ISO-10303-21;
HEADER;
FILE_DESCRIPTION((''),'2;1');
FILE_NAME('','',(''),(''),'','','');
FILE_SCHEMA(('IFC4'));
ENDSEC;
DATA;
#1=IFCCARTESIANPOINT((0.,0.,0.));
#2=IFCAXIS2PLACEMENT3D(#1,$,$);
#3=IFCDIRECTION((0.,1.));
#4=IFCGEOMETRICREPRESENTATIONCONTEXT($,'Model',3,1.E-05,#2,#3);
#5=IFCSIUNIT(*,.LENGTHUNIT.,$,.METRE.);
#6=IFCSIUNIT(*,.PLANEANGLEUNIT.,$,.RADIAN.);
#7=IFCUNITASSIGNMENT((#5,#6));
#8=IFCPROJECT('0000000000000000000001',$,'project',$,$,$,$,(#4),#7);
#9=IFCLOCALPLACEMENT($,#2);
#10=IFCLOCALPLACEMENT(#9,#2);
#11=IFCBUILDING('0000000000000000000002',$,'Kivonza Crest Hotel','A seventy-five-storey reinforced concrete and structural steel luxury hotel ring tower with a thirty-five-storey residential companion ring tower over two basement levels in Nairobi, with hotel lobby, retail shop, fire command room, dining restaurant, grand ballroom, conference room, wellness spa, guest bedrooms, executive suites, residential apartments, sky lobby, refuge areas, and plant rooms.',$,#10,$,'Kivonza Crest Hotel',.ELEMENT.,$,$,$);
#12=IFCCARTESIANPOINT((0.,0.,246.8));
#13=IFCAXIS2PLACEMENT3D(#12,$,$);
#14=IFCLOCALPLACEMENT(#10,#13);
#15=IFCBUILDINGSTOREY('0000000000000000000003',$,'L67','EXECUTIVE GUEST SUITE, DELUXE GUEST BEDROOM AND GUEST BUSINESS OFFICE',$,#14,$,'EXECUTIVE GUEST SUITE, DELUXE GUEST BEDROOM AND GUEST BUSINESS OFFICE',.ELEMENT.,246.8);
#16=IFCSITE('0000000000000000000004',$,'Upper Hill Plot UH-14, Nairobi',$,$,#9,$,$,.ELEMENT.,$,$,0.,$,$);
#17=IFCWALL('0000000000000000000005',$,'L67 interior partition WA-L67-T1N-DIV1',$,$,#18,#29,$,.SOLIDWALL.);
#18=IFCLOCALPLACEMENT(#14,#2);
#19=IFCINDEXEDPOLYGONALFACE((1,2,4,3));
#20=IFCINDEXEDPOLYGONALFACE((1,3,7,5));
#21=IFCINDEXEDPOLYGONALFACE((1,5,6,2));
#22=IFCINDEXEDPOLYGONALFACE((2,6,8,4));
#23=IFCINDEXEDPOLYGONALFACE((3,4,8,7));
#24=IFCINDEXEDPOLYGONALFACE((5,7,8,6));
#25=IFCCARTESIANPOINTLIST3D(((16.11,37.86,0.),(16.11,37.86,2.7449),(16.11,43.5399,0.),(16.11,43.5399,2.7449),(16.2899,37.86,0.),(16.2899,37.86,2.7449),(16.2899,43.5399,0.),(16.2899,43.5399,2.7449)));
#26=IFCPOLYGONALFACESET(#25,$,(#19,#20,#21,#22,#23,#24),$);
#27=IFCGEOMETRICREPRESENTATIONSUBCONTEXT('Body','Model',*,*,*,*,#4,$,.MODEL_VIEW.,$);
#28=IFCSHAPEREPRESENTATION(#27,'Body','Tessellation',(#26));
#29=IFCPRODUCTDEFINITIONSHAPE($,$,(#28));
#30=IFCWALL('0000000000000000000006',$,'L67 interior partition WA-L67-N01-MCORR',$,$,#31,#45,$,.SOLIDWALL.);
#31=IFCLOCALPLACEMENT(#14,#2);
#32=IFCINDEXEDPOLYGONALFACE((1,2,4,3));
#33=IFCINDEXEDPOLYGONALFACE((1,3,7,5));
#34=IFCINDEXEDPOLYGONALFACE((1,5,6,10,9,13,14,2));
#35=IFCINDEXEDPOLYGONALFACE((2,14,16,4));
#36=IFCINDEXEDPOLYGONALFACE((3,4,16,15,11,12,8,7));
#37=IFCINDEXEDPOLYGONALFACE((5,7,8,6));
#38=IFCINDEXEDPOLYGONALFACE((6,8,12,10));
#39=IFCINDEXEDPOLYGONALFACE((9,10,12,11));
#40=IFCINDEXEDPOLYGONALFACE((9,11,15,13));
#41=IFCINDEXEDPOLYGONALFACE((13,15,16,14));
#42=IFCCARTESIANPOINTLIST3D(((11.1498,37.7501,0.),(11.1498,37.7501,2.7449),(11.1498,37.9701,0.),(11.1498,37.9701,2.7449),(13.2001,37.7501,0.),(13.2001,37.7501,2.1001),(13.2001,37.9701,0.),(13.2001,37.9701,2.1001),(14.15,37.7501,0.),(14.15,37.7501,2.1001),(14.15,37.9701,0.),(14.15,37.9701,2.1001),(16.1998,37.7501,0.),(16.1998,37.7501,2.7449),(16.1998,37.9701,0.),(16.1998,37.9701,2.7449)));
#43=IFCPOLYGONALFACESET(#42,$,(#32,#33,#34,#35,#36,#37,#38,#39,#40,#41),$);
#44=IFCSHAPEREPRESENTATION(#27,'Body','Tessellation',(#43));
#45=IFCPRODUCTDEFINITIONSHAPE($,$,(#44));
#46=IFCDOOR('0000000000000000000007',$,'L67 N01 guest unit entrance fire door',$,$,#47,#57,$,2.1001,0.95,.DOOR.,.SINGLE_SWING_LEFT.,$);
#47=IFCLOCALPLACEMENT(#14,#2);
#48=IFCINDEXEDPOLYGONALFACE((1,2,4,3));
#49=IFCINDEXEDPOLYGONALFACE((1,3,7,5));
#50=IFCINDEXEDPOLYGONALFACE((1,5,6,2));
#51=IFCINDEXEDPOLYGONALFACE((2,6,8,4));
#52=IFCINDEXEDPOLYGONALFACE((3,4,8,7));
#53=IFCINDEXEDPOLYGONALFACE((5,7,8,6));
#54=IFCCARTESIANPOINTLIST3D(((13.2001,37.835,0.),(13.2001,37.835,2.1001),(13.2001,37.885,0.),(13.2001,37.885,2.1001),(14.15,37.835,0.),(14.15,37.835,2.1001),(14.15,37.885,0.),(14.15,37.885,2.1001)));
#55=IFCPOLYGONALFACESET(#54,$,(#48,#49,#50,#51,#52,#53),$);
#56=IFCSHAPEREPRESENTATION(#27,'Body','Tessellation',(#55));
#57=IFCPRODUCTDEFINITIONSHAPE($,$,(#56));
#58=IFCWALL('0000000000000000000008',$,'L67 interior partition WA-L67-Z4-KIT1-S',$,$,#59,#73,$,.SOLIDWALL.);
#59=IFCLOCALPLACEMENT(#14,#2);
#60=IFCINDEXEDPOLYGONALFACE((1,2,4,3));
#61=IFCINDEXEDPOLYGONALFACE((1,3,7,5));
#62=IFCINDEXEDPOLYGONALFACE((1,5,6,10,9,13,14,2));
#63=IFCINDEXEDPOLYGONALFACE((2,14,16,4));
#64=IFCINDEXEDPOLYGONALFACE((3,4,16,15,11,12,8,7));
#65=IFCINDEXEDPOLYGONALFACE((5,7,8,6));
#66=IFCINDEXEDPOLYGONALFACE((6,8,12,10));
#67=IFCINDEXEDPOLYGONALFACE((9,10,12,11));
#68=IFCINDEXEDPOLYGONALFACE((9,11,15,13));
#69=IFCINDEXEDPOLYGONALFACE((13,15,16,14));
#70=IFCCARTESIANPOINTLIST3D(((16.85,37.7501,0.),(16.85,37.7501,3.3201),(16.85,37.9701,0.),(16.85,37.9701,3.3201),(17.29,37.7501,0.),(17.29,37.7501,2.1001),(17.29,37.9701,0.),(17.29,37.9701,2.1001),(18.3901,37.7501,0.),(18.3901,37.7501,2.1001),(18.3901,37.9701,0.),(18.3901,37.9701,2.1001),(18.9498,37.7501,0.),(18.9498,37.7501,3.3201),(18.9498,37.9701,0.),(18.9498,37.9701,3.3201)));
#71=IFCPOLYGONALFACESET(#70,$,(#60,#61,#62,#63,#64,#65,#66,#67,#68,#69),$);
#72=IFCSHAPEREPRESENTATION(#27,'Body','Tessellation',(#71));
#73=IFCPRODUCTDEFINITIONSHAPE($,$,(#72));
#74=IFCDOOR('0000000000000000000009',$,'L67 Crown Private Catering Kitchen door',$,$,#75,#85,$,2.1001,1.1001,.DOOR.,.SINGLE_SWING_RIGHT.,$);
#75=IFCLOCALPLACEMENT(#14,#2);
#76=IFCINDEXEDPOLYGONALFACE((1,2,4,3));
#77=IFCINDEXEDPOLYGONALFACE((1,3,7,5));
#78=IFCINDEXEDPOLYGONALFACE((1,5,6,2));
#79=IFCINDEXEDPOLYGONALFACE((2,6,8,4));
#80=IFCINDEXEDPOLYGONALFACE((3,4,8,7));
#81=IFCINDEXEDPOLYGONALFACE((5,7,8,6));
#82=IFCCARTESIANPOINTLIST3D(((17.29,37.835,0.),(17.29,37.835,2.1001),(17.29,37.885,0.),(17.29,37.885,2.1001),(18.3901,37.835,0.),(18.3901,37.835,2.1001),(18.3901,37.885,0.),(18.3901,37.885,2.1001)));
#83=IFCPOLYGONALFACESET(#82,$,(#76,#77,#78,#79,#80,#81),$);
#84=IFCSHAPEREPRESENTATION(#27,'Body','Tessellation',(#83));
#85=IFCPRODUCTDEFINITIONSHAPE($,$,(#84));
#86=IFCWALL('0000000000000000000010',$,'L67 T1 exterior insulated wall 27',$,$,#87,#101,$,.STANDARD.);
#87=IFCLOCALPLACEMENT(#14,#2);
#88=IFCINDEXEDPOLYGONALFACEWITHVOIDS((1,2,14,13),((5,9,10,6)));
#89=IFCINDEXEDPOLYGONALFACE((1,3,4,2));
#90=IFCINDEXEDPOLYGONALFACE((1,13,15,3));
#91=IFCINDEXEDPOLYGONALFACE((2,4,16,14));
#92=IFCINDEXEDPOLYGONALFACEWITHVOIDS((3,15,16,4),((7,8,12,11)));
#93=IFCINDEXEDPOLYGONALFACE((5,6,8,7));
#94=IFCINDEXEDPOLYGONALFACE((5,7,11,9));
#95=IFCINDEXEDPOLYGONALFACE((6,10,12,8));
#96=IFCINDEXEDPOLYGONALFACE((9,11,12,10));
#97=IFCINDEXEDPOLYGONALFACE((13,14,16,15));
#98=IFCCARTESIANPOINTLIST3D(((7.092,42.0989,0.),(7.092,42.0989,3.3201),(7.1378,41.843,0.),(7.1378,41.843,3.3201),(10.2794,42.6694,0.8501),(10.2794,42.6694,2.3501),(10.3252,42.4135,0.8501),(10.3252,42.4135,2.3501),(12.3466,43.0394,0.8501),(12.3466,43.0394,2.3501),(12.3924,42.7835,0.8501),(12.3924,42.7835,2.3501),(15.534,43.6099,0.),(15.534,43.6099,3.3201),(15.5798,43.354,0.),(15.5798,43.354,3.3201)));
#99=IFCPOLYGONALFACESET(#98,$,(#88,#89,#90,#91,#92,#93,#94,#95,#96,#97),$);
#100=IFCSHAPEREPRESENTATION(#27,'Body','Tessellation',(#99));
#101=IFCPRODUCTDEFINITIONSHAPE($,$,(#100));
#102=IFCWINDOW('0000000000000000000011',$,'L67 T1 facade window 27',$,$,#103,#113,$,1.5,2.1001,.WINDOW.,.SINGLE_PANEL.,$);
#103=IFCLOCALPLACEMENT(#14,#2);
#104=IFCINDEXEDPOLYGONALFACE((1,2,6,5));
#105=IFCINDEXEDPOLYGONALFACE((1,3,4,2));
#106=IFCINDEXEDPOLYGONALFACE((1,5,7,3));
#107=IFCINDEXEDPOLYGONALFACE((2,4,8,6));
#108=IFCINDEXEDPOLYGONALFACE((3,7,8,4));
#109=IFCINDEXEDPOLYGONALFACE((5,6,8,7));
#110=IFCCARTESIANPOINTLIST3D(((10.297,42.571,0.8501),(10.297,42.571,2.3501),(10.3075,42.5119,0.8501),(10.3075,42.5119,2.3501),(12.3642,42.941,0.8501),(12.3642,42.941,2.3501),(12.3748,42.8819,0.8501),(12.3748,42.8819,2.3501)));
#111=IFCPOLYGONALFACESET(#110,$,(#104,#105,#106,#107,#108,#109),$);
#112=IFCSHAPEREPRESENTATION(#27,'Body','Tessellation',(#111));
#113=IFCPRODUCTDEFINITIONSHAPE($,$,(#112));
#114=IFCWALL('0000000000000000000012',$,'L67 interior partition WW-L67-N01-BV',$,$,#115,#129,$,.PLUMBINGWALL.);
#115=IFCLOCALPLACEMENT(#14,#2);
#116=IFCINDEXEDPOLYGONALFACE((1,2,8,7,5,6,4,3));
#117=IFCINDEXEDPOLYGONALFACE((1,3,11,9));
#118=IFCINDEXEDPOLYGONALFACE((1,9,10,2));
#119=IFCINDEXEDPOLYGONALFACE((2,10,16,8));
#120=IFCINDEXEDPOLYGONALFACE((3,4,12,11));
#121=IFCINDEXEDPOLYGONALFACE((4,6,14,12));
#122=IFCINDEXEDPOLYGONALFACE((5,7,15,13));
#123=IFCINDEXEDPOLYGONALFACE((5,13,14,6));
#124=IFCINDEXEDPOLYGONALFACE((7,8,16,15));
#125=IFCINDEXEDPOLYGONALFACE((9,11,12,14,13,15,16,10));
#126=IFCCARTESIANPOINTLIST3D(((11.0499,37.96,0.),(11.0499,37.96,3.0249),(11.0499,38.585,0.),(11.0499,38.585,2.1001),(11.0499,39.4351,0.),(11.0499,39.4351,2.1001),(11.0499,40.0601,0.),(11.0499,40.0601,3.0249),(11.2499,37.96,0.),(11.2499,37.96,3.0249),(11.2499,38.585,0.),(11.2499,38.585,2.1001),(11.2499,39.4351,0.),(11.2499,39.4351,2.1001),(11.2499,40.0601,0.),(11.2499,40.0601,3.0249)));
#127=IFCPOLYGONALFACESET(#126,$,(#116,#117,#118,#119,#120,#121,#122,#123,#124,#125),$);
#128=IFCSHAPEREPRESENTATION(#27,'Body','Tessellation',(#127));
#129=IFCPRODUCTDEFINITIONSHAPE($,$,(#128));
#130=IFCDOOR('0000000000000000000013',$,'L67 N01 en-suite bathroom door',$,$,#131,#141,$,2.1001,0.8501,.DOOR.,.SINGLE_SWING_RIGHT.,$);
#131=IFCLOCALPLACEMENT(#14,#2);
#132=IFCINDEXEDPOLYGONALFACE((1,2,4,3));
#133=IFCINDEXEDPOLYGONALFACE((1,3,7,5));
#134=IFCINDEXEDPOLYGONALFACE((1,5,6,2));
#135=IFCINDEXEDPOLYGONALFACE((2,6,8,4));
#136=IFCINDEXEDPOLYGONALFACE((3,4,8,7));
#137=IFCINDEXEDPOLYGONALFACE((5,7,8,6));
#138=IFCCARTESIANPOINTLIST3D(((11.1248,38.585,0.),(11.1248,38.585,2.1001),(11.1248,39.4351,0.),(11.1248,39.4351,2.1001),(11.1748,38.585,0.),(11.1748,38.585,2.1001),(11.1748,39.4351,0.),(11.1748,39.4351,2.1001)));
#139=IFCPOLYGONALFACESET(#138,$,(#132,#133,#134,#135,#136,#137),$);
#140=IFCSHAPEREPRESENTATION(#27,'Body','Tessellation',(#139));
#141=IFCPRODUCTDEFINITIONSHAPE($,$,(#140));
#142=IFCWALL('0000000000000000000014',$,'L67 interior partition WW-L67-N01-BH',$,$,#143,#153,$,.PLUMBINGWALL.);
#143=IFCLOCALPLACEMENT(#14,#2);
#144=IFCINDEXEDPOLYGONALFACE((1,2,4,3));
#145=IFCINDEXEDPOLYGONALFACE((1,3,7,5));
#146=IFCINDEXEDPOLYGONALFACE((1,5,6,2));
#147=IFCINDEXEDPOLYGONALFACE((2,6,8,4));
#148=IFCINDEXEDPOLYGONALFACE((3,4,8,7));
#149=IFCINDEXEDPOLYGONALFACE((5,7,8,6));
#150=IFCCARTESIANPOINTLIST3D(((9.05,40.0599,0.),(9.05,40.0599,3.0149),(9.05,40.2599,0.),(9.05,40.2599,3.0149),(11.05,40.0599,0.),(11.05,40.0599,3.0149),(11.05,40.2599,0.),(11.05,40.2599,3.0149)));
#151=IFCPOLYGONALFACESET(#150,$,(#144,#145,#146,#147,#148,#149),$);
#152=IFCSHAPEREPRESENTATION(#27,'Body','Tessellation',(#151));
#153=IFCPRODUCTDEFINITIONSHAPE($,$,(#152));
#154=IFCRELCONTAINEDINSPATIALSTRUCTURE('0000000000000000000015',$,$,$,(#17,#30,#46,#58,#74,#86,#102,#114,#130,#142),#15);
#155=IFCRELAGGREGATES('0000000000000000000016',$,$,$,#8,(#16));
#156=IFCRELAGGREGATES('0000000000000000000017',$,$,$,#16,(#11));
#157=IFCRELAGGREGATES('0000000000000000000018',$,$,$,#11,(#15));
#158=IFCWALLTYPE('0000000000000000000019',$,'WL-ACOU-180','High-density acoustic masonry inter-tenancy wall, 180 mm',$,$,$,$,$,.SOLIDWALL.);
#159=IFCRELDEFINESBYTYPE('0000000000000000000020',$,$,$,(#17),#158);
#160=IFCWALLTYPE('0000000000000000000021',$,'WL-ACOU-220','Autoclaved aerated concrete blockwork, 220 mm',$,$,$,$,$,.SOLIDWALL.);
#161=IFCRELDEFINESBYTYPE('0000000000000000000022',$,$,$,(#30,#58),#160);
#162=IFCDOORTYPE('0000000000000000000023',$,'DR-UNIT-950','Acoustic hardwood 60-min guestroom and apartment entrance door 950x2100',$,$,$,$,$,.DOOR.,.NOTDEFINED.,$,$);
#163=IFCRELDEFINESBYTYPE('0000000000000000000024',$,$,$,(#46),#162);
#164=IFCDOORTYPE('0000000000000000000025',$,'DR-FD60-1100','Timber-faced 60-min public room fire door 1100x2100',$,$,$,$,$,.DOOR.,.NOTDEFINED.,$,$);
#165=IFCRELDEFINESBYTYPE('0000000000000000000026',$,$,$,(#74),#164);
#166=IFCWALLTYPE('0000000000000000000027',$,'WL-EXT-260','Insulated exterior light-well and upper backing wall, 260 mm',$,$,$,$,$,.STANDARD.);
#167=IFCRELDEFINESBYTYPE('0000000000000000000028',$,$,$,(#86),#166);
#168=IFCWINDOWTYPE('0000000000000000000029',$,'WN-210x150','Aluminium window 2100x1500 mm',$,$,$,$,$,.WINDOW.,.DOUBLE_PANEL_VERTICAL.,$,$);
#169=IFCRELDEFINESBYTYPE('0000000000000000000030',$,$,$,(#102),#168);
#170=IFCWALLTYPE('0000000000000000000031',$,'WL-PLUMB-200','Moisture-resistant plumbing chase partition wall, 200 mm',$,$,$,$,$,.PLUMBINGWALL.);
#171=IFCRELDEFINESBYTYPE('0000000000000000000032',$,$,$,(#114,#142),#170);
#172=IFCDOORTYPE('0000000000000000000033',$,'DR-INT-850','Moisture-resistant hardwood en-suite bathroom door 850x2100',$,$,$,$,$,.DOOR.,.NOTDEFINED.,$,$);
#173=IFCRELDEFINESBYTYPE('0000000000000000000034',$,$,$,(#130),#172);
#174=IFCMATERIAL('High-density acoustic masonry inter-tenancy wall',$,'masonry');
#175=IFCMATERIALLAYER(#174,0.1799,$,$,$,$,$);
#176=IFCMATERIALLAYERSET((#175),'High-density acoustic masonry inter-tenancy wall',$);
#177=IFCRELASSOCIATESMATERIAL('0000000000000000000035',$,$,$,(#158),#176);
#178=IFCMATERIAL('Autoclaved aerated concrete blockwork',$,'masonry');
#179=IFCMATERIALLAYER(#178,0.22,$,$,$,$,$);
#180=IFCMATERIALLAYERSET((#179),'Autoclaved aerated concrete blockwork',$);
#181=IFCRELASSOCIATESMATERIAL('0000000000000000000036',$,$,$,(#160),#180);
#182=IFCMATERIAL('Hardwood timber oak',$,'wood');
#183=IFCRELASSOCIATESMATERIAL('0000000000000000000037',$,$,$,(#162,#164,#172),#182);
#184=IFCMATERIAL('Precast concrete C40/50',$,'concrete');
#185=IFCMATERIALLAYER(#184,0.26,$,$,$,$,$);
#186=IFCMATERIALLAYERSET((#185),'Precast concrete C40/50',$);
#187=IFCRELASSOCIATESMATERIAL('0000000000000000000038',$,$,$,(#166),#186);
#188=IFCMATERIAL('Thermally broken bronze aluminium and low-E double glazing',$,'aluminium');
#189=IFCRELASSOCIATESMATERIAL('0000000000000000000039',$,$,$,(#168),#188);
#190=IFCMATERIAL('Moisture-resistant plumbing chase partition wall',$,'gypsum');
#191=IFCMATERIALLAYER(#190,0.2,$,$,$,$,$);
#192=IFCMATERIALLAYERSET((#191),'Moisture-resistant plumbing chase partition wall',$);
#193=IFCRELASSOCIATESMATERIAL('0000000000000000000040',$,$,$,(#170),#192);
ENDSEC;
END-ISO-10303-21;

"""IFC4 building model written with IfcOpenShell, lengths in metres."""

from ifc_helpers import new_model, si_unit, direction, frame, frame_2d, origin, place, context, subcontext, project, spatial, rectangle, extrude, material, layer, layer_set, type_object, element, fill, save


model = new_model("IFC4")

# Units and contexts
model_context = context("Model", 3, precision=1e-05, world=origin(), true_north=direction((0.0, 1.0)))
body_context = subcontext(model_context, "Body", "Model", "MODEL_VIEW")
ifc_project = project(units=[si_unit("LENGTHUNIT", "METRE"), si_unit("PLANEANGLEUNIT", "RADIAN")], contexts=[model_context])

# Site, building, storey
site_placement = place(None, origin())
site = spatial("IfcSite", under=ifc_project, at=site_placement, Name="Upper Hill Plot UH-14, Nairobi", CompositionType="ELEMENT", RefElevation=0.0)
building_placement = place(site_placement, origin())
building = spatial("IfcBuilding", under=site, at=building_placement, Name="Kivonza Crest Hotel", Description="A seventy-five-storey reinforced concrete and structural steel luxury hotel ring tower with a thirty-five-storey residential companion ring tower over two basement levels in Nairobi, with hotel lobby, retail shop, fire command room, dining restaurant, grand ballroom, conference room, wellness spa, guest bedrooms, executive suites, residential apartments, sky lobby, refuge areas, and plant rooms.", LongName="Kivonza Crest Hotel", CompositionType="ELEMENT")
storey_placement = place(building_placement, frame((0.0, 0.0, 246.8)))
storey = spatial("IfcBuildingStorey", under=building, at=storey_placement, Name="L67", Description="EXECUTIVE GUEST SUITE, DELUXE GUEST BEDROOM AND GUEST BUSINESS OFFICE", LongName="EXECUTIVE GUEST SUITE, DELUXE GUEST BEDROOM AND GUEST BUSINESS OFFICE", CompositionType="ELEMENT", Elevation=246.8)

# Wall
ifc_material_1 = material(Name="High-density acoustic masonry inter-tenancy wall", Category="masonry")
ifc_layer_1 = layer(ifc_material_1, 0.1799)
ifc_layer_set_1 = layer_set([ifc_layer_1], Name="High-density acoustic masonry inter-tenancy wall")
wall_type_1 = type_object("IfcWallType", Name="WL-ACOU-180", Description="High-density acoustic masonry inter-tenancy wall, 180 mm", PredefinedType="SOLIDWALL", material=ifc_layer_set_1)
wall_1_placement = place(storey_placement, frame((16.2, 37.8601, 0.0), z_axis=(0.0, 0.0, 1.0), x_axis=(0.0, 1.0, 0.0)))
element("IfcWall", 1, at=wall_1_placement, inside=storey, type_object=wall_type_1, Name="L67 interior partition WA-L67-T1N-DIV1", PredefinedType="SOLIDWALL", context=body_context, shape_type="SweptSolid", body=[
    extrude(rectangle(XDim=5.6799, YDim=0.1799, at=frame_2d((2.8398, 0.0))), origin(), (0.0, 0.0, 1.0), 2.7449),
])

# Walls, openings, doors
ifc_material_2 = material(Name="Autoclaved aerated concrete blockwork", Category="masonry")
ifc_layer_2 = layer(ifc_material_2, 0.22)
ifc_layer_set_2 = layer_set([ifc_layer_2], Name="Autoclaved aerated concrete blockwork")
wall_type_2 = type_object("IfcWallType", Name="WL-ACOU-220", Description="Autoclaved aerated concrete blockwork, 220 mm", PredefinedType="SOLIDWALL", material=ifc_layer_set_2)
wall_2_placement = place(storey_placement, frame((11.1499, 37.8601, 0.0), z_axis=(0.0, 0.0, 1.0), x_axis=(1.0, 0.0, 0.0)))
wall_2 = element("IfcWall", 2, at=wall_2_placement, inside=storey, type_object=wall_type_2, Name="L67 interior partition WA-L67-N01-MCORR", PredefinedType="SOLIDWALL", context=body_context, shape_type="SweptSolid", body=[
    extrude(rectangle(XDim=5.05, YDim=0.22, at=frame_2d((2.5249, 0.0))), origin(), (0.0, 0.0, 1.0), 2.7449),
])
opening_1_placement = place(wall_2_placement, frame((2.05, 0.0, 0.0)))
opening_1 = element("IfcOpeningElement", 3, at=opening_1_placement, cuts=wall_2, PredefinedType="OPENING", context=body_context, shape_type="SweptSolid", body=[
    extrude(rectangle(XDim=0.95, YDim=2.1001, at=frame_2d((0.4751, 1.05))), frame((0.0, 0.1201, 0.0), z_axis=(0.0, -1.0, 0.0), x_axis=(1.0, 0.0, 0.0)), (0.0, 0.0, 1.0), 0.24),
])
ifc_material_3 = material(Name="Hardwood timber oak", Category="wood")
door_type_1 = type_object("IfcDoorType", Name="DR-UNIT-950", Description="Acoustic hardwood 60-min guestroom and apartment entrance door 950x2100", OperationType="NOTDEFINED", PredefinedType="DOOR", material=ifc_material_3)
door_1_placement = place(opening_1_placement, origin())
door_1 = element("IfcDoor", 4, at=door_1_placement, inside=storey, type_object=door_type_1, Name="L67 N01 guest unit entrance fire door", OperationType="SINGLE_SWING_LEFT", OverallHeight=2.1001, OverallWidth=0.95, PredefinedType="DOOR", context=body_context, shape_type="SweptSolid", body=[
    extrude(rectangle(XDim=0.95, YDim=2.1001, at=frame_2d((0.4751, 1.05))), frame((0.0, 0.0249, 0.0), z_axis=(0.0, -1.0, 0.0), x_axis=(1.0, 0.0, 0.0)), (0.0, 0.0, 1.0), 0.05),
])
fill(opening_1, door_1)
wall_3_placement = place(storey_placement, frame((16.8501, 37.8601, 0.0), z_axis=(0.0, 0.0, 1.0), x_axis=(1.0, 0.0, 0.0)))
wall_3 = element("IfcWall", 5, at=wall_3_placement, inside=storey, type_object=wall_type_2, Name="L67 interior partition WA-L67-Z4-KIT1-S", PredefinedType="SOLIDWALL", context=body_context, shape_type="SweptSolid", body=[
    extrude(rectangle(XDim=2.0999, YDim=0.22, at=frame_2d((1.0498, 0.0))), origin(), (0.0, 0.0, 1.0), 3.3201),
])
opening_2_placement = place(wall_3_placement, frame((0.4399, 0.0, 0.0)))
opening_2 = element("IfcOpeningElement", 6, at=opening_2_placement, cuts=wall_3, PredefinedType="OPENING", context=body_context, shape_type="SweptSolid", body=[
    extrude(rectangle(XDim=1.1001, YDim=2.1001, at=frame_2d((0.55, 1.05))), frame((0.0, 0.1201, 0.0), z_axis=(0.0, -1.0, 0.0), x_axis=(1.0, 0.0, 0.0)), (0.0, 0.0, 1.0), 0.24),
])
door_type_2 = type_object("IfcDoorType", Name="DR-FD60-1100", Description="Timber-faced 60-min public room fire door 1100x2100", OperationType="NOTDEFINED", PredefinedType="DOOR", material=ifc_material_3)
door_2_placement = place(opening_2_placement, origin())
door_2 = element("IfcDoor", 7, at=door_2_placement, inside=storey, type_object=door_type_2, Name="L67 Crown Private Catering Kitchen door", OperationType="SINGLE_SWING_RIGHT", OverallHeight=2.1001, OverallWidth=1.1001, PredefinedType="DOOR", context=body_context, shape_type="SweptSolid", body=[
    extrude(rectangle(XDim=1.1001, YDim=2.1001, at=frame_2d((0.55, 1.05))), frame((0.0, 0.0249, 0.0), z_axis=(0.0, -1.0, 0.0), x_axis=(1.0, 0.0, 0.0)), (0.0, 0.0, 1.0), 0.05),
])
fill(opening_2, door_2)

# Wall, opening, window
ifc_material_4 = material(Name="Precast concrete C40/50", Category="concrete")
ifc_layer_3 = layer(ifc_material_4, 0.26)
ifc_layer_set_3 = layer_set([ifc_layer_3], Name="Precast concrete C40/50")
wall_type_3 = type_object("IfcWallType", Name="WL-EXT-260", Description="Insulated exterior light-well and upper backing wall, 260 mm", PredefinedType="STANDARD", material=ifc_layer_set_3)
wall_4_placement = place(storey_placement, frame((15.5569, 43.4819, 0.0), z_axis=(0.0, 0.0, 1.0), x_axis=(-0.984357, -0.176187, 0.0)))
wall_4 = element("IfcWall", 8, at=wall_4_placement, inside=storey, type_object=wall_type_3, Name="L67 T1 exterior insulated wall 27", PredefinedType="STANDARD", context=body_context, shape_type="SweptSolid", body=[
    extrude(rectangle(XDim=8.5762, YDim=0.26, at=frame_2d((4.2881, 0.0))), origin(), (0.0, 0.0, 1.0), 3.3201),
])
opening_3_placement = place(wall_4_placement, frame((3.238, 0.0, 0.8501)))
opening_3 = element("IfcOpeningElement", 9, at=opening_3_placement, cuts=wall_4, PredefinedType="OPENING", context=body_context, shape_type="SweptSolid", body=[
    extrude(rectangle(XDim=2.1001, YDim=1.5, at=frame_2d((1.05, 0.75))), frame((0.0, 0.1401, 0.0), z_axis=(0.0, -1.0, 0.0), x_axis=(1.0, 0.0, 0.0)), (0.0, 0.0, 1.0), 0.28),
])
ifc_material_5 = material(Name="Thermally broken bronze aluminium and low-E double glazing", Category="aluminium")
window_type = type_object("IfcWindowType", Name="WN-210x150", Description="Aluminium window 2100x1500 mm", PartitioningType="DOUBLE_PANEL_VERTICAL", PredefinedType="WINDOW", material=ifc_material_5)
window_placement = place(opening_3_placement, origin())
window = element("IfcWindow", 10, at=window_placement, inside=storey, type_object=window_type, Name="L67 T1 facade window 27", OverallHeight=1.5, OverallWidth=2.1001, PartitioningType="SINGLE_PANEL", PredefinedType="WINDOW", context=body_context, shape_type="SweptSolid", body=[
    extrude(rectangle(XDim=2.1001, YDim=1.5, at=frame_2d((1.05, 0.75))), frame((0.0, 0.03, 0.0), z_axis=(0.0, -1.0, 0.0), x_axis=(1.0, 0.0, 0.0)), (0.0, 0.0, 1.0), 0.0601),
])
fill(opening_3, window)

# Wall, opening, door
ifc_material_6 = material(Name="Moisture-resistant plumbing chase partition wall", Category="gypsum")
ifc_layer_4 = layer(ifc_material_6, 0.2)
ifc_layer_set_4 = layer_set([ifc_layer_4], Name="Moisture-resistant plumbing chase partition wall")
wall_type_4 = type_object("IfcWallType", Name="WL-PLUMB-200", Description="Moisture-resistant plumbing chase partition wall, 200 mm", PredefinedType="PLUMBINGWALL", material=ifc_layer_set_4)
wall_5_placement = place(storey_placement, frame((11.1499, 37.96, 0.0), z_axis=(0.0, 0.0, 1.0), x_axis=(0.0, 1.0, 0.0)))
wall_5 = element("IfcWall", 11, at=wall_5_placement, inside=storey, type_object=wall_type_4, Name="L67 interior partition WW-L67-N01-BV", PredefinedType="PLUMBINGWALL", context=body_context, shape_type="SweptSolid", body=[
    extrude(rectangle(XDim=2.1001, YDim=0.2, at=frame_2d((1.05, 0.0))), origin(), (0.0, 0.0, 1.0), 3.0249),
])
opening_4_placement = place(wall_5_placement, frame((0.625, 0.0, 0.0)))
opening_4 = element("IfcOpeningElement", 12, at=opening_4_placement, cuts=wall_5, PredefinedType="OPENING", context=body_context, shape_type="SweptSolid", body=[
    extrude(rectangle(XDim=0.8501, YDim=2.1001, at=frame_2d((0.425, 1.05))), frame((0.0, 0.1099, 0.0), z_axis=(0.0, -1.0, 0.0), x_axis=(1.0, 0.0, 0.0)), (0.0, 0.0, 1.0), 0.22),
])
door_type_3 = type_object("IfcDoorType", Name="DR-INT-850", Description="Moisture-resistant hardwood en-suite bathroom door 850x2100", OperationType="NOTDEFINED", PredefinedType="DOOR", material=ifc_material_3)
door_3_placement = place(opening_4_placement, frame((0.8501, 0.0, 0.0), z_axis=(0.0, 0.0, 1.0), x_axis=(-1.0, 0.0, 0.0)))
door_3 = element("IfcDoor", 13, at=door_3_placement, inside=storey, type_object=door_type_3, Name="L67 N01 en-suite bathroom door", OperationType="SINGLE_SWING_RIGHT", OverallHeight=2.1001, OverallWidth=0.8501, PredefinedType="DOOR", context=body_context, shape_type="SweptSolid", body=[
    extrude(rectangle(XDim=0.8501, YDim=2.1001, at=frame_2d((0.425, 1.05))), frame((0.0, 0.0249, 0.0), z_axis=(0.0, -1.0, 0.0), x_axis=(1.0, 0.0, 0.0)), (0.0, 0.0, 1.0), 0.05),
])
fill(opening_4, door_3)

# Wall
wall_6_placement = place(storey_placement, frame((9.05, 40.1599, 0.0), z_axis=(0.0, 0.0, 1.0), x_axis=(1.0, 0.0, 0.0)))
element("IfcWall", 14, at=wall_6_placement, inside=storey, type_object=wall_type_4, Name="L67 interior partition WW-L67-N01-BH", PredefinedType="PLUMBINGWALL", context=body_context, shape_type="SweptSolid", body=[
    extrude(rectangle(XDim=2.0, YDim=0.2, at=frame_2d((1.0, 0.0))), origin(), (0.0, 0.0, 1.0), 3.0149),
])

save(model, "model.ifc")
